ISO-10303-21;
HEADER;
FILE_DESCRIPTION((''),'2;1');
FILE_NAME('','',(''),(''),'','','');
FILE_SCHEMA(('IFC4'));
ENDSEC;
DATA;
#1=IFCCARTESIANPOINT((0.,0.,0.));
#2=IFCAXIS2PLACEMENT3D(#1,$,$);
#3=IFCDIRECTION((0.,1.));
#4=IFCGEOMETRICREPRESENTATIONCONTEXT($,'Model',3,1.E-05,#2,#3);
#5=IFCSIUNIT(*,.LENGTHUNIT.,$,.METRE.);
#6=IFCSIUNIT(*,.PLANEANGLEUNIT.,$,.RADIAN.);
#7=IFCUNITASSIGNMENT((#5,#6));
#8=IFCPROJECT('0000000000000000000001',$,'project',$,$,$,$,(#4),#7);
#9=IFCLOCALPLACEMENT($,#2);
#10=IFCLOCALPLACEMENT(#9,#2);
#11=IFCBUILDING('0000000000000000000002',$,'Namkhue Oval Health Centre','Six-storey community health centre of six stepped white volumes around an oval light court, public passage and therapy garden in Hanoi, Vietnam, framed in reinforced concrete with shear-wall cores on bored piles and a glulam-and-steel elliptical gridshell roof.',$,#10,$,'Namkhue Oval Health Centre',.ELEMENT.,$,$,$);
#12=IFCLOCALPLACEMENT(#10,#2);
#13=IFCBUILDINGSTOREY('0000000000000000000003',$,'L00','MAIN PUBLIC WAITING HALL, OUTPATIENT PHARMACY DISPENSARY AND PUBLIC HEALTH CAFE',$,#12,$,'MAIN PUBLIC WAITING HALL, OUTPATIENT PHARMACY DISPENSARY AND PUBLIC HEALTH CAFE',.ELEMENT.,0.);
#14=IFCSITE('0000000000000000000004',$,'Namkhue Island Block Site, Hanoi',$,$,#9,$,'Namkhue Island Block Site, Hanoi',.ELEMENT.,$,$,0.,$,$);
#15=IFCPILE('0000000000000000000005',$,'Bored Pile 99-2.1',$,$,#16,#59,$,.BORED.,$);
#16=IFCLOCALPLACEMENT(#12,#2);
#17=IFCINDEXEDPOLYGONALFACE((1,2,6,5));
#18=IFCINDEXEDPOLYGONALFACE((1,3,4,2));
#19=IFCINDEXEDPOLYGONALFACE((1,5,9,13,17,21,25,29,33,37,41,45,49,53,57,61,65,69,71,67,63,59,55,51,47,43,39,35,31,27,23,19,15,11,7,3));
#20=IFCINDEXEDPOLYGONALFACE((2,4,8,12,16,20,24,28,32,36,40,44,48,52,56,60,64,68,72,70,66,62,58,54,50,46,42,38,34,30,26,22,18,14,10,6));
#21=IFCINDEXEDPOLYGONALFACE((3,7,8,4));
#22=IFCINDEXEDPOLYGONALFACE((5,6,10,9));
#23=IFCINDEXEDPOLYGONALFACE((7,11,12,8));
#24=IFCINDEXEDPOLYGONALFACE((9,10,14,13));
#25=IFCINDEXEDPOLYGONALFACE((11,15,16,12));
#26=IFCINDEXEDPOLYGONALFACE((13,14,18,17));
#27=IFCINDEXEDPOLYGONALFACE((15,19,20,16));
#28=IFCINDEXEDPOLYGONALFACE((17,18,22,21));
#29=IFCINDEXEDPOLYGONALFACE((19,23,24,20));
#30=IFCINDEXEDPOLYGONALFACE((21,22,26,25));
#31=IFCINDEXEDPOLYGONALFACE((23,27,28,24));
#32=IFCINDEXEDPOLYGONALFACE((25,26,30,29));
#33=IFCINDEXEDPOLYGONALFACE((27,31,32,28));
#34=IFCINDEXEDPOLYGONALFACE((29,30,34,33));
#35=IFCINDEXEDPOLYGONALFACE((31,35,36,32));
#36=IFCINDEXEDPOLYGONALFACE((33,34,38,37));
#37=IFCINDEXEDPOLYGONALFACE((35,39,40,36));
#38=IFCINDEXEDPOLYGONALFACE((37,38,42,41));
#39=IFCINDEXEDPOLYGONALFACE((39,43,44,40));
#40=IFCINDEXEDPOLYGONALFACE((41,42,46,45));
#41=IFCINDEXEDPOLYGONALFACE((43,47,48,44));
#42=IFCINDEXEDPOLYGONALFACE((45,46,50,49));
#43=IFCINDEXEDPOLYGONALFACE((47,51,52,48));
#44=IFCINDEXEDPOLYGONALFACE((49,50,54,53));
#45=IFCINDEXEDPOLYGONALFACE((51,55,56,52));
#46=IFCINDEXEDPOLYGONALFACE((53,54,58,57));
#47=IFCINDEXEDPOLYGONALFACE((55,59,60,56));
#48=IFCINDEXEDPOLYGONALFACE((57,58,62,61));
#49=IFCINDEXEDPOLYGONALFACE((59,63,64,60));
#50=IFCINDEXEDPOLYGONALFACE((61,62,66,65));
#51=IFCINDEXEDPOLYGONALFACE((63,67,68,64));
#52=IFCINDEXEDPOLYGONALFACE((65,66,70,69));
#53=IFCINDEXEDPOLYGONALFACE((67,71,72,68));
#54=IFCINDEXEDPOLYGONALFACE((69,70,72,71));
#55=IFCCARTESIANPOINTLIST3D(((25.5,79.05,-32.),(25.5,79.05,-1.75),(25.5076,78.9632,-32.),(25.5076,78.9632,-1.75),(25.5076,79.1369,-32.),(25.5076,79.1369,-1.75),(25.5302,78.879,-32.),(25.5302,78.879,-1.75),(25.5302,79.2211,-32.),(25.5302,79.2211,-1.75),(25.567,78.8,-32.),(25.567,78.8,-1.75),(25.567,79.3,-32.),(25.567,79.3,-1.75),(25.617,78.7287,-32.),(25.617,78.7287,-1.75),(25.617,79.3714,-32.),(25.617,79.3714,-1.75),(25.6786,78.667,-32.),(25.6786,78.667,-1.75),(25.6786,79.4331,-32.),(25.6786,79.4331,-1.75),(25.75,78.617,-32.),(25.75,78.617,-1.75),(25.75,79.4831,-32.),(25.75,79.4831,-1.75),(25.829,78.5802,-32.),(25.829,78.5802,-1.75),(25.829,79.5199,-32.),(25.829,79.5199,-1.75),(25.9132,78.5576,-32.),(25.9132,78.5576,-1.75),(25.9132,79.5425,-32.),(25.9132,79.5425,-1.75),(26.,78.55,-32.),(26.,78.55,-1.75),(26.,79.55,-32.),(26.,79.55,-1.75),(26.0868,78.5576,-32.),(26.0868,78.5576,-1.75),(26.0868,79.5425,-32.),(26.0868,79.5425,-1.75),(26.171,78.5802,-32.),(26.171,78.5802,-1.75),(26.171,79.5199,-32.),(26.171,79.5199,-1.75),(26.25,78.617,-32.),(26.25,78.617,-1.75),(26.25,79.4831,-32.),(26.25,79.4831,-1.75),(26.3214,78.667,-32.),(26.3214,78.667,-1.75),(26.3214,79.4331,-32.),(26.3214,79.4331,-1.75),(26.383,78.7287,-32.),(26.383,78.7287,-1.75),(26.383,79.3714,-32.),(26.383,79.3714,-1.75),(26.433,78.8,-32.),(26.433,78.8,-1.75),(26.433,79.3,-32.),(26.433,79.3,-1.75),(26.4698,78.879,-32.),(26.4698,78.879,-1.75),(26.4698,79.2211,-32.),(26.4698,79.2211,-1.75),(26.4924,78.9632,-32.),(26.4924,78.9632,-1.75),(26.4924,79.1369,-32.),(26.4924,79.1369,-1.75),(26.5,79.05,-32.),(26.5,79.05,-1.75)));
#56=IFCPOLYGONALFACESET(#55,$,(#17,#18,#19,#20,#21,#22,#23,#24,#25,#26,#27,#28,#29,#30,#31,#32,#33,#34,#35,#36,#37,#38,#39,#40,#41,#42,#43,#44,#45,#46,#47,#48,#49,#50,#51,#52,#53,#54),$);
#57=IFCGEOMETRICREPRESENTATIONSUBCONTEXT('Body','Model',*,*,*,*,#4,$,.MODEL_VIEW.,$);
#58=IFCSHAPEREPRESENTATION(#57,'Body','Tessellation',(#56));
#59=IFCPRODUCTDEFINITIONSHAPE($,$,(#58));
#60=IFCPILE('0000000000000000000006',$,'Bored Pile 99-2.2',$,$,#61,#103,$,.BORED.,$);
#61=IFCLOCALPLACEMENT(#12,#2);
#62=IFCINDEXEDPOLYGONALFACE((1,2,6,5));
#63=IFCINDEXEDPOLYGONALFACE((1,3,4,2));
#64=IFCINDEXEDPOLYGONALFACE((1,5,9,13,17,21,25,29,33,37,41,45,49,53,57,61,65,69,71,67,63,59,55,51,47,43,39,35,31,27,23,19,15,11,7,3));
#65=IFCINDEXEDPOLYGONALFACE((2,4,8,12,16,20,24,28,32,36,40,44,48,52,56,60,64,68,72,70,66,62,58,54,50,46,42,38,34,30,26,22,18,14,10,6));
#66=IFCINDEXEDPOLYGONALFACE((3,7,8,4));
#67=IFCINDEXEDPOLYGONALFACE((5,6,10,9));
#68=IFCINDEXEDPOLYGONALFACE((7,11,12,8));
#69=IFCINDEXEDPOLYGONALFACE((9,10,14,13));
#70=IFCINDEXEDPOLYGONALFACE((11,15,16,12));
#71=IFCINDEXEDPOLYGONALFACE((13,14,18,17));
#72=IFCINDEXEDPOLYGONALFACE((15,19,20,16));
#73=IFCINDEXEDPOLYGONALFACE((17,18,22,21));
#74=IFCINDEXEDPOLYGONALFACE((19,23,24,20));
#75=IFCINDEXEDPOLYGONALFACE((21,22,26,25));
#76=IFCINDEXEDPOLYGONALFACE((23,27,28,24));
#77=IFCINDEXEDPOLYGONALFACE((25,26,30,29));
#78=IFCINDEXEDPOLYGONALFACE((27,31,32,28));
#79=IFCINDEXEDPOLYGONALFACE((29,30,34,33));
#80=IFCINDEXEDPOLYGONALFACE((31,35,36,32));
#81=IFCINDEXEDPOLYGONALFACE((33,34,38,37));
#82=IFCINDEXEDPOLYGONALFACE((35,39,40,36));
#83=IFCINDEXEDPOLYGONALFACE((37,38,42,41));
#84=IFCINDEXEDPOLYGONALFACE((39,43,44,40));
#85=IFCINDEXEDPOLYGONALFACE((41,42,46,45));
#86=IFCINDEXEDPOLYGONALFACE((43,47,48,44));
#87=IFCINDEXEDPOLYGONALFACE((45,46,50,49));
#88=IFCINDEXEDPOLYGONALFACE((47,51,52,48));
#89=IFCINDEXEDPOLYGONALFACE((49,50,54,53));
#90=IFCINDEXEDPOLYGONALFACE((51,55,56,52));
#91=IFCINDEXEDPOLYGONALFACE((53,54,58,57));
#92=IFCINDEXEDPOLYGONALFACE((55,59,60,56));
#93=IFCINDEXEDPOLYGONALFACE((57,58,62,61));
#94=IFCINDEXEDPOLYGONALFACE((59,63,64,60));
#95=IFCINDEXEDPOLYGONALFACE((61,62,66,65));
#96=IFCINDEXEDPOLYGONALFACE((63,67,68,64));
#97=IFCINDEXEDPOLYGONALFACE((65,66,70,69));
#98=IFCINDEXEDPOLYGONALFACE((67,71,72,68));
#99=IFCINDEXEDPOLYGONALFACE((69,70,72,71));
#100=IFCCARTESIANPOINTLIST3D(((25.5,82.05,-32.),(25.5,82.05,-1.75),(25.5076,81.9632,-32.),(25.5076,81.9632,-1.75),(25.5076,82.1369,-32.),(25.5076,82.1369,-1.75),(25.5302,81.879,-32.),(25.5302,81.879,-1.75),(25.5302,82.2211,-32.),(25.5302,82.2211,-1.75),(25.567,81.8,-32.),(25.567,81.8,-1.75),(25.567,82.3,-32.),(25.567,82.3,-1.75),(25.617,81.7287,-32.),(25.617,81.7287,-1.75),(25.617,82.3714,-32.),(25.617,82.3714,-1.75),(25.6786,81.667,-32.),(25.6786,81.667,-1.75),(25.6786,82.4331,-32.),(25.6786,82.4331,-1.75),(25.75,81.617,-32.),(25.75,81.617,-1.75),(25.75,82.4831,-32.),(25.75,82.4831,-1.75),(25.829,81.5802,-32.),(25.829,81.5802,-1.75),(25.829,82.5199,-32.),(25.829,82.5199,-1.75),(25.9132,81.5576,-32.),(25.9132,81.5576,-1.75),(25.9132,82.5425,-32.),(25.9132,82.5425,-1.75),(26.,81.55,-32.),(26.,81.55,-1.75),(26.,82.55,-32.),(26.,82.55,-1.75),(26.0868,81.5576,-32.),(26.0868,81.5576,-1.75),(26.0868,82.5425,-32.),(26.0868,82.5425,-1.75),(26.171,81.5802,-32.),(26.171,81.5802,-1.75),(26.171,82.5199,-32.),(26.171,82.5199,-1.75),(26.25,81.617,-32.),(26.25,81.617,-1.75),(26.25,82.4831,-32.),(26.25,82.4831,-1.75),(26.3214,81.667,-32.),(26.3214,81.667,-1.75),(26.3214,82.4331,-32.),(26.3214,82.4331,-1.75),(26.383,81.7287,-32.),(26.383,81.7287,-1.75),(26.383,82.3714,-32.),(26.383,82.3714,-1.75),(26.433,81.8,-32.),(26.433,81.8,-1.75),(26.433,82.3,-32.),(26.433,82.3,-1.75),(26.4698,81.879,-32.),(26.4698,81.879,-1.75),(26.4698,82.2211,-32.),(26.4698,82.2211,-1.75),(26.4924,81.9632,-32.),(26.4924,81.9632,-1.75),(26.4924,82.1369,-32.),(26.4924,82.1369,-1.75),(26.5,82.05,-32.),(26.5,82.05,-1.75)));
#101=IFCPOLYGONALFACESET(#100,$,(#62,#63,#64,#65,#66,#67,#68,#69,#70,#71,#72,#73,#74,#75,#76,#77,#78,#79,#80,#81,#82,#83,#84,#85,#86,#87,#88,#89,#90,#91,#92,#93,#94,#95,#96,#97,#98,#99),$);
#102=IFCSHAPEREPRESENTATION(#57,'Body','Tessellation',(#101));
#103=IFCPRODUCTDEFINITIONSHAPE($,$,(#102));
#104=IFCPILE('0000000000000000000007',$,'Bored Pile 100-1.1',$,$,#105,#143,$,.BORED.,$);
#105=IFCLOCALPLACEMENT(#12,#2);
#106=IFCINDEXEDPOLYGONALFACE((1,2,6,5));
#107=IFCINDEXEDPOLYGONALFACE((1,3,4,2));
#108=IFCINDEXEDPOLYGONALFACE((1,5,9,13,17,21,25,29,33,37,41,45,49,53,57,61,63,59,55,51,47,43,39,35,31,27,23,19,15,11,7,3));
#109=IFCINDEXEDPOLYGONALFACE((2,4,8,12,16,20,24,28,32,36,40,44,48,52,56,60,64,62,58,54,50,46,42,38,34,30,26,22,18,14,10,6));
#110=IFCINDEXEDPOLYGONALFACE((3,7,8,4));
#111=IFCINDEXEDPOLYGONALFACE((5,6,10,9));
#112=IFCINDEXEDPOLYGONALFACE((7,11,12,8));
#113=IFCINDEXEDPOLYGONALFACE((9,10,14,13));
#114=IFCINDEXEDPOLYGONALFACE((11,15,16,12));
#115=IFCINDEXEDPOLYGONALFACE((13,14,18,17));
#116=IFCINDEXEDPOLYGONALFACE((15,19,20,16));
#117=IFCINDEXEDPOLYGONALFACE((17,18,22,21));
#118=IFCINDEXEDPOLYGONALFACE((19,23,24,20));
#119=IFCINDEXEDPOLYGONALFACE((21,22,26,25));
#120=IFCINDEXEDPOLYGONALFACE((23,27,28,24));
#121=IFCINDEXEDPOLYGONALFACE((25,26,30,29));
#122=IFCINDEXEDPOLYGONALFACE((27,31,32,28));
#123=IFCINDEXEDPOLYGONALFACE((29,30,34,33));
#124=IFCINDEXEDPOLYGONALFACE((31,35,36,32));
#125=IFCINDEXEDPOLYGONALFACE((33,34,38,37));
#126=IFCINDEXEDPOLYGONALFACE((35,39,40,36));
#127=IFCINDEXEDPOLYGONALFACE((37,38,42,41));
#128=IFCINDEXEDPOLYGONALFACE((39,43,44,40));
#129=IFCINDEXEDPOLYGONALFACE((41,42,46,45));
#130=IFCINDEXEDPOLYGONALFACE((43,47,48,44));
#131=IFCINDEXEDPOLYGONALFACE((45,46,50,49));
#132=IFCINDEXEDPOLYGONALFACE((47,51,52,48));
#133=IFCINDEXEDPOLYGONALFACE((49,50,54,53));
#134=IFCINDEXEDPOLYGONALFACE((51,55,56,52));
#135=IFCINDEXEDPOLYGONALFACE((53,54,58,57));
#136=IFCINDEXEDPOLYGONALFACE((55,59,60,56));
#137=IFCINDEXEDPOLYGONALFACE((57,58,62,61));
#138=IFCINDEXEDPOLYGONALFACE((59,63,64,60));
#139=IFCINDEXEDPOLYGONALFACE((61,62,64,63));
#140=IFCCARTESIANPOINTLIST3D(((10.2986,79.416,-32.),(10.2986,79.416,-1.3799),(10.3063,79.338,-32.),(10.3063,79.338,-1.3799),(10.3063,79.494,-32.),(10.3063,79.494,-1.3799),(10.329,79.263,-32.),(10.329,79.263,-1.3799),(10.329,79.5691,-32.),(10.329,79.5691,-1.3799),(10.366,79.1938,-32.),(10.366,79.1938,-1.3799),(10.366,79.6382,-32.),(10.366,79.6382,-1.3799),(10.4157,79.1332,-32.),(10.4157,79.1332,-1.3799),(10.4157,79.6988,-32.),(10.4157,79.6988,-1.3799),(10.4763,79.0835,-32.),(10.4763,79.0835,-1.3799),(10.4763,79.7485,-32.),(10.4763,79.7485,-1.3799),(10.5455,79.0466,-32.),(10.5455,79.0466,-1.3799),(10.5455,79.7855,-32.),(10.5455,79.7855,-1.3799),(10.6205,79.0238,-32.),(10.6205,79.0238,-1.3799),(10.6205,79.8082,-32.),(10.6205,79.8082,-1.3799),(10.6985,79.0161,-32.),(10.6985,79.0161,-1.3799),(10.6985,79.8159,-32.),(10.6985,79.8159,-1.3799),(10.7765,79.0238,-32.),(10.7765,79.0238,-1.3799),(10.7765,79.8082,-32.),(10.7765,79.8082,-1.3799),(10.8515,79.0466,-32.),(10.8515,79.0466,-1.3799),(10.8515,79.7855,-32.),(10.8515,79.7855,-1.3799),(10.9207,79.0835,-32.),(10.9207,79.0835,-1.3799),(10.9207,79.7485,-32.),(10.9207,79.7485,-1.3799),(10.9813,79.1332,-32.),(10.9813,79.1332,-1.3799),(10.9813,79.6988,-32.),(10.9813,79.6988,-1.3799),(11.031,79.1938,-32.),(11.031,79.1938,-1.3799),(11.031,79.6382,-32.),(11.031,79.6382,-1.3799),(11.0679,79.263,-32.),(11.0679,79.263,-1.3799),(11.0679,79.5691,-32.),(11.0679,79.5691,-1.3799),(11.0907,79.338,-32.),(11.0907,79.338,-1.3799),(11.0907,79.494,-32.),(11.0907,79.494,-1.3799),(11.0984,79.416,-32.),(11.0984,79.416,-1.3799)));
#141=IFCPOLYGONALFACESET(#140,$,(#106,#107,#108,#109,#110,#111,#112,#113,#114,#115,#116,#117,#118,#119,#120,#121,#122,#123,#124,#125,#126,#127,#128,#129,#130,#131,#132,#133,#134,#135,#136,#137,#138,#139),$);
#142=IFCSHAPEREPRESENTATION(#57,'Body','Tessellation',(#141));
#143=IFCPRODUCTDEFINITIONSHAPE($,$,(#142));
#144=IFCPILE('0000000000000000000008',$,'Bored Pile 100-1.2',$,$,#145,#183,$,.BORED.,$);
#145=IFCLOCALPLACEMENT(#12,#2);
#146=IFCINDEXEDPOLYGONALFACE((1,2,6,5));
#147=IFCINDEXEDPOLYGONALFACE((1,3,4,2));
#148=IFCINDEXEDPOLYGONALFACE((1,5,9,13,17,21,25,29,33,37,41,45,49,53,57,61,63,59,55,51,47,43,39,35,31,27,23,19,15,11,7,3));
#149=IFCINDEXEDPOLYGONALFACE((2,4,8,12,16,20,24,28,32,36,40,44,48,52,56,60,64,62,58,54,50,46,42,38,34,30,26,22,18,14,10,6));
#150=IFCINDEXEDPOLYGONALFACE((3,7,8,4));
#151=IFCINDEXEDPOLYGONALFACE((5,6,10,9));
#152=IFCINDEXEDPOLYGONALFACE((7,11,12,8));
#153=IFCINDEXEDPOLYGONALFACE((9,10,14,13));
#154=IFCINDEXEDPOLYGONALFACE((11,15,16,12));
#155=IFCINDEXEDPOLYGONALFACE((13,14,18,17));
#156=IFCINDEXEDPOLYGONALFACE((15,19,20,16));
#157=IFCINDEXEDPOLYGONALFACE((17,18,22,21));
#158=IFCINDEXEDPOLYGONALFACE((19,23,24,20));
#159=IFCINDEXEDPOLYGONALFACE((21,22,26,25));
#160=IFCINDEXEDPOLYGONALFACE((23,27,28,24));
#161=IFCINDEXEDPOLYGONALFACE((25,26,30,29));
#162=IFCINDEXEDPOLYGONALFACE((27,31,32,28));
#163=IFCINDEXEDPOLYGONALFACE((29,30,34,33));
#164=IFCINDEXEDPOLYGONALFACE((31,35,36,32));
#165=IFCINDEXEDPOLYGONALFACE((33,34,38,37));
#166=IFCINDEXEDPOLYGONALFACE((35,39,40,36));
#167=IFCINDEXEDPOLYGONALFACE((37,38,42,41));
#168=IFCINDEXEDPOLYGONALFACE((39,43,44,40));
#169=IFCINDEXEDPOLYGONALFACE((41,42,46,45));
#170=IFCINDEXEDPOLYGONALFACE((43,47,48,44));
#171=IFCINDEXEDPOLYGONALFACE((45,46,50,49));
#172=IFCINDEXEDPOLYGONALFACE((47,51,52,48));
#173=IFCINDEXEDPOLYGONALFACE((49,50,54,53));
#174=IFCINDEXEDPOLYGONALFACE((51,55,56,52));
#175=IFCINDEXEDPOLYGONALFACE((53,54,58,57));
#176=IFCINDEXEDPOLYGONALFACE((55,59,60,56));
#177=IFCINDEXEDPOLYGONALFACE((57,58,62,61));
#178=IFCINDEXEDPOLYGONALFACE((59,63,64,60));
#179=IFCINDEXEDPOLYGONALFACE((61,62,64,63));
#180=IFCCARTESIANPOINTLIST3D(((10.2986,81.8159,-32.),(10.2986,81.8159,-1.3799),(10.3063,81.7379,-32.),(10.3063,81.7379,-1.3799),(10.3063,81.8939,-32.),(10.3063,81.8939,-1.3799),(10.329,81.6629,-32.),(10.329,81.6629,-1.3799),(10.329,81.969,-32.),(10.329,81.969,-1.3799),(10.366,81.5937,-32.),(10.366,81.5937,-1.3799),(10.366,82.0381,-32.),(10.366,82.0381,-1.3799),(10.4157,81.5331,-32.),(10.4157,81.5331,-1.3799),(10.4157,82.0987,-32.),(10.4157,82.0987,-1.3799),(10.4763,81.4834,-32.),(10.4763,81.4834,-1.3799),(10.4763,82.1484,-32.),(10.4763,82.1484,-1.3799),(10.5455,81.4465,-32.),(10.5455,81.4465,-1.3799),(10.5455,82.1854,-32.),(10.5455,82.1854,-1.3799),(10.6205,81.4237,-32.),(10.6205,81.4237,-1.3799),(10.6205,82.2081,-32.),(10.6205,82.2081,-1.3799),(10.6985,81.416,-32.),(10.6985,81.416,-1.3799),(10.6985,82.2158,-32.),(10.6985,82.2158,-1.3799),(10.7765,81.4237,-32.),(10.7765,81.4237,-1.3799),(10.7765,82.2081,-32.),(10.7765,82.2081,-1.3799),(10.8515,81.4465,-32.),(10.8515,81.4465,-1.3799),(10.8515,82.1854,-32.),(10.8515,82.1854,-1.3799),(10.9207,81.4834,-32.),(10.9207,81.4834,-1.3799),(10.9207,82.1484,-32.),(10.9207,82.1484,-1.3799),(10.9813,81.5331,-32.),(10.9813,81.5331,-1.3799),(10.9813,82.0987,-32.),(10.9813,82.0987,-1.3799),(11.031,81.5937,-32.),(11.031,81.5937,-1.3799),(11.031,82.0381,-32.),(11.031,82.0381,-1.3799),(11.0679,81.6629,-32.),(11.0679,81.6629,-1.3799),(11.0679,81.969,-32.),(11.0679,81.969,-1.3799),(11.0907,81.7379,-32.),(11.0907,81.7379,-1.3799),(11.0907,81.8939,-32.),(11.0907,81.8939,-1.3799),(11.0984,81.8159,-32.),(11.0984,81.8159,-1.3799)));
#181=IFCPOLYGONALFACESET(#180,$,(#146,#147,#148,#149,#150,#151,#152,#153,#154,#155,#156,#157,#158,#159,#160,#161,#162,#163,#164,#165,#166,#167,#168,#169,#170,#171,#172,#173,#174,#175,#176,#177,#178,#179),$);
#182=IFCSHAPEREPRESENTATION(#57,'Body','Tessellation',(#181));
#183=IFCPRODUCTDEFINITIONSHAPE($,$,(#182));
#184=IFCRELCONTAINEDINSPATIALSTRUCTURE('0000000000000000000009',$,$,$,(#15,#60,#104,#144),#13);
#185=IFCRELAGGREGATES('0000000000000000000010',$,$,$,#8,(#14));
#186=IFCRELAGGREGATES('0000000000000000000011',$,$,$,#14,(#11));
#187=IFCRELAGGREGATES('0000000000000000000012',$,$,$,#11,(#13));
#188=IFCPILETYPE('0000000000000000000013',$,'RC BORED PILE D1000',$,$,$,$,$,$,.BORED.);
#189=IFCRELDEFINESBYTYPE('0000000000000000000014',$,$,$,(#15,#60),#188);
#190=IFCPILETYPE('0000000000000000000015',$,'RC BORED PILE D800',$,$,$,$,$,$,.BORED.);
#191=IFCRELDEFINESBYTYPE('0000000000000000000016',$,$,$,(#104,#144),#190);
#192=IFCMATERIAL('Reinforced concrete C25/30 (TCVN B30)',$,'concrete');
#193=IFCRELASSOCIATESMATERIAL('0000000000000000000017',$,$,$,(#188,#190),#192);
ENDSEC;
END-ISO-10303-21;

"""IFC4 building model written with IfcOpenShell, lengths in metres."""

from ifc_helpers import new_model, si_unit, direction, frame, origin, origin_2d, place, context, subcontext, project, spatial, circle, extrude, material, material_profile, profile_set, type_object, element, save


model = new_model("IFC4")

# Units and contexts
model_context = context("Model", 3, precision=1e-05, world=origin(), true_north=direction((0.0, 1.0)))
body_context = subcontext(model_context, "Body", "Model", "MODEL_VIEW")
ifc_project = project(units=[si_unit("LENGTHUNIT", "METRE"), si_unit("PLANEANGLEUNIT", "RADIAN")], contexts=[model_context])

# Site, building, storey
site_placement = place(None, origin())
site = spatial("IfcSite", under=ifc_project, at=site_placement, Name="Namkhue Island Block Site, Hanoi", LongName="Namkhue Island Block Site, Hanoi", CompositionType="ELEMENT", RefElevation=0.0)
building_placement = place(site_placement, origin())
building = spatial("IfcBuilding", under=site, at=building_placement, Name="Namkhue Oval Health Centre", Description="Six-storey community health centre of six stepped white volumes around an oval light court, public passage and therapy garden in Hanoi, Vietnam, framed in reinforced concrete with shear-wall cores on bored piles and a glulam-and-steel elliptical gridshell roof.", LongName="Namkhue Oval Health Centre", CompositionType="ELEMENT")
storey_placement = place(building_placement, origin())
storey = spatial("IfcBuildingStorey", under=building, at=storey_placement, Name="L00", Description="MAIN PUBLIC WAITING HALL, OUTPATIENT PHARMACY DISPENSARY AND PUBLIC HEALTH CAFE", LongName="MAIN PUBLIC WAITING HALL, OUTPATIENT PHARMACY DISPENSARY AND PUBLIC HEALTH CAFE", CompositionType="ELEMENT", Elevation=0.0)

# Piles
ifc_material_1 = material(Name="Reinforced concrete C25/30 (TCVN B30)", Category="concrete")
ifc_material_profile_1 = material_profile(ifc_material_1, circle(Radius=0.5, at=origin_2d()), Name="BORED PILE D1000")
ifc_profile_set_1 = profile_set([ifc_material_profile_1], Name="Reinforced concrete C25/30 (TCVN B30)")
pile_type_1 = type_object("IfcPileType", Name="RC BORED PILE D1000", PredefinedType="BORED", material=ifc_profile_set_1)
for number, where, z_axis, x_axis, name in (
    (1, (26.0, 79.05, -1.75), (0.0, 0.0, -1.0), (1.0, 0.0, 0.0), "Bored Pile 99-2.1"),
    (2, (26.0, 82.05, -1.75), (0.0, 0.0, -1.0), (1.0, 0.0, 0.0), "Bored Pile 99-2.2"),
):
    element("IfcPile", number, at=place(storey_placement, frame(where, z_axis=z_axis, x_axis=x_axis)), inside=storey, type_object=pile_type_1, Name=name, PredefinedType="BORED", context=body_context, shape_type="SweptSolid", body=[
        extrude(circle(Radius=0.5, at=origin_2d()), origin(), (0.0, 0.0, 1.0), 30.25),
    ])
ifc_material_profile_2 = material_profile(ifc_material_1, circle(Radius=0.3999, at=origin_2d()), Name="BORED PILE D800")
ifc_profile_set_2 = profile_set([ifc_material_profile_2], Name="Reinforced concrete C25/30 (TCVN B30)")
pile_type_2 = type_object("IfcPileType", Name="RC BORED PILE D800", PredefinedType="BORED", material=ifc_profile_set_2)
for number, where, z_axis, x_axis, name in (
    (3, (10.6985, 79.416, -1.3799), (0.0, 0.0, -1.0), (1.0, 0.0, 0.0), "Bored Pile 100-1.1"),
    (4, (10.6985, 81.8159, -1.3799), (0.0, 0.0, -1.0), (1.0, 0.0, 0.0), "Bored Pile 100-1.2"),
):
    element("IfcPile", number, at=place(storey_placement, frame(where, z_axis=z_axis, x_axis=x_axis)), inside=storey, type_object=pile_type_2, Name=name, PredefinedType="BORED", context=body_context, shape_type="SweptSolid", body=[
        extrude(circle(Radius=0.3999, at=origin_2d()), origin(), (0.0, 0.0, 1.0), 30.6201),
    ])

save(model, "model.ifc")
